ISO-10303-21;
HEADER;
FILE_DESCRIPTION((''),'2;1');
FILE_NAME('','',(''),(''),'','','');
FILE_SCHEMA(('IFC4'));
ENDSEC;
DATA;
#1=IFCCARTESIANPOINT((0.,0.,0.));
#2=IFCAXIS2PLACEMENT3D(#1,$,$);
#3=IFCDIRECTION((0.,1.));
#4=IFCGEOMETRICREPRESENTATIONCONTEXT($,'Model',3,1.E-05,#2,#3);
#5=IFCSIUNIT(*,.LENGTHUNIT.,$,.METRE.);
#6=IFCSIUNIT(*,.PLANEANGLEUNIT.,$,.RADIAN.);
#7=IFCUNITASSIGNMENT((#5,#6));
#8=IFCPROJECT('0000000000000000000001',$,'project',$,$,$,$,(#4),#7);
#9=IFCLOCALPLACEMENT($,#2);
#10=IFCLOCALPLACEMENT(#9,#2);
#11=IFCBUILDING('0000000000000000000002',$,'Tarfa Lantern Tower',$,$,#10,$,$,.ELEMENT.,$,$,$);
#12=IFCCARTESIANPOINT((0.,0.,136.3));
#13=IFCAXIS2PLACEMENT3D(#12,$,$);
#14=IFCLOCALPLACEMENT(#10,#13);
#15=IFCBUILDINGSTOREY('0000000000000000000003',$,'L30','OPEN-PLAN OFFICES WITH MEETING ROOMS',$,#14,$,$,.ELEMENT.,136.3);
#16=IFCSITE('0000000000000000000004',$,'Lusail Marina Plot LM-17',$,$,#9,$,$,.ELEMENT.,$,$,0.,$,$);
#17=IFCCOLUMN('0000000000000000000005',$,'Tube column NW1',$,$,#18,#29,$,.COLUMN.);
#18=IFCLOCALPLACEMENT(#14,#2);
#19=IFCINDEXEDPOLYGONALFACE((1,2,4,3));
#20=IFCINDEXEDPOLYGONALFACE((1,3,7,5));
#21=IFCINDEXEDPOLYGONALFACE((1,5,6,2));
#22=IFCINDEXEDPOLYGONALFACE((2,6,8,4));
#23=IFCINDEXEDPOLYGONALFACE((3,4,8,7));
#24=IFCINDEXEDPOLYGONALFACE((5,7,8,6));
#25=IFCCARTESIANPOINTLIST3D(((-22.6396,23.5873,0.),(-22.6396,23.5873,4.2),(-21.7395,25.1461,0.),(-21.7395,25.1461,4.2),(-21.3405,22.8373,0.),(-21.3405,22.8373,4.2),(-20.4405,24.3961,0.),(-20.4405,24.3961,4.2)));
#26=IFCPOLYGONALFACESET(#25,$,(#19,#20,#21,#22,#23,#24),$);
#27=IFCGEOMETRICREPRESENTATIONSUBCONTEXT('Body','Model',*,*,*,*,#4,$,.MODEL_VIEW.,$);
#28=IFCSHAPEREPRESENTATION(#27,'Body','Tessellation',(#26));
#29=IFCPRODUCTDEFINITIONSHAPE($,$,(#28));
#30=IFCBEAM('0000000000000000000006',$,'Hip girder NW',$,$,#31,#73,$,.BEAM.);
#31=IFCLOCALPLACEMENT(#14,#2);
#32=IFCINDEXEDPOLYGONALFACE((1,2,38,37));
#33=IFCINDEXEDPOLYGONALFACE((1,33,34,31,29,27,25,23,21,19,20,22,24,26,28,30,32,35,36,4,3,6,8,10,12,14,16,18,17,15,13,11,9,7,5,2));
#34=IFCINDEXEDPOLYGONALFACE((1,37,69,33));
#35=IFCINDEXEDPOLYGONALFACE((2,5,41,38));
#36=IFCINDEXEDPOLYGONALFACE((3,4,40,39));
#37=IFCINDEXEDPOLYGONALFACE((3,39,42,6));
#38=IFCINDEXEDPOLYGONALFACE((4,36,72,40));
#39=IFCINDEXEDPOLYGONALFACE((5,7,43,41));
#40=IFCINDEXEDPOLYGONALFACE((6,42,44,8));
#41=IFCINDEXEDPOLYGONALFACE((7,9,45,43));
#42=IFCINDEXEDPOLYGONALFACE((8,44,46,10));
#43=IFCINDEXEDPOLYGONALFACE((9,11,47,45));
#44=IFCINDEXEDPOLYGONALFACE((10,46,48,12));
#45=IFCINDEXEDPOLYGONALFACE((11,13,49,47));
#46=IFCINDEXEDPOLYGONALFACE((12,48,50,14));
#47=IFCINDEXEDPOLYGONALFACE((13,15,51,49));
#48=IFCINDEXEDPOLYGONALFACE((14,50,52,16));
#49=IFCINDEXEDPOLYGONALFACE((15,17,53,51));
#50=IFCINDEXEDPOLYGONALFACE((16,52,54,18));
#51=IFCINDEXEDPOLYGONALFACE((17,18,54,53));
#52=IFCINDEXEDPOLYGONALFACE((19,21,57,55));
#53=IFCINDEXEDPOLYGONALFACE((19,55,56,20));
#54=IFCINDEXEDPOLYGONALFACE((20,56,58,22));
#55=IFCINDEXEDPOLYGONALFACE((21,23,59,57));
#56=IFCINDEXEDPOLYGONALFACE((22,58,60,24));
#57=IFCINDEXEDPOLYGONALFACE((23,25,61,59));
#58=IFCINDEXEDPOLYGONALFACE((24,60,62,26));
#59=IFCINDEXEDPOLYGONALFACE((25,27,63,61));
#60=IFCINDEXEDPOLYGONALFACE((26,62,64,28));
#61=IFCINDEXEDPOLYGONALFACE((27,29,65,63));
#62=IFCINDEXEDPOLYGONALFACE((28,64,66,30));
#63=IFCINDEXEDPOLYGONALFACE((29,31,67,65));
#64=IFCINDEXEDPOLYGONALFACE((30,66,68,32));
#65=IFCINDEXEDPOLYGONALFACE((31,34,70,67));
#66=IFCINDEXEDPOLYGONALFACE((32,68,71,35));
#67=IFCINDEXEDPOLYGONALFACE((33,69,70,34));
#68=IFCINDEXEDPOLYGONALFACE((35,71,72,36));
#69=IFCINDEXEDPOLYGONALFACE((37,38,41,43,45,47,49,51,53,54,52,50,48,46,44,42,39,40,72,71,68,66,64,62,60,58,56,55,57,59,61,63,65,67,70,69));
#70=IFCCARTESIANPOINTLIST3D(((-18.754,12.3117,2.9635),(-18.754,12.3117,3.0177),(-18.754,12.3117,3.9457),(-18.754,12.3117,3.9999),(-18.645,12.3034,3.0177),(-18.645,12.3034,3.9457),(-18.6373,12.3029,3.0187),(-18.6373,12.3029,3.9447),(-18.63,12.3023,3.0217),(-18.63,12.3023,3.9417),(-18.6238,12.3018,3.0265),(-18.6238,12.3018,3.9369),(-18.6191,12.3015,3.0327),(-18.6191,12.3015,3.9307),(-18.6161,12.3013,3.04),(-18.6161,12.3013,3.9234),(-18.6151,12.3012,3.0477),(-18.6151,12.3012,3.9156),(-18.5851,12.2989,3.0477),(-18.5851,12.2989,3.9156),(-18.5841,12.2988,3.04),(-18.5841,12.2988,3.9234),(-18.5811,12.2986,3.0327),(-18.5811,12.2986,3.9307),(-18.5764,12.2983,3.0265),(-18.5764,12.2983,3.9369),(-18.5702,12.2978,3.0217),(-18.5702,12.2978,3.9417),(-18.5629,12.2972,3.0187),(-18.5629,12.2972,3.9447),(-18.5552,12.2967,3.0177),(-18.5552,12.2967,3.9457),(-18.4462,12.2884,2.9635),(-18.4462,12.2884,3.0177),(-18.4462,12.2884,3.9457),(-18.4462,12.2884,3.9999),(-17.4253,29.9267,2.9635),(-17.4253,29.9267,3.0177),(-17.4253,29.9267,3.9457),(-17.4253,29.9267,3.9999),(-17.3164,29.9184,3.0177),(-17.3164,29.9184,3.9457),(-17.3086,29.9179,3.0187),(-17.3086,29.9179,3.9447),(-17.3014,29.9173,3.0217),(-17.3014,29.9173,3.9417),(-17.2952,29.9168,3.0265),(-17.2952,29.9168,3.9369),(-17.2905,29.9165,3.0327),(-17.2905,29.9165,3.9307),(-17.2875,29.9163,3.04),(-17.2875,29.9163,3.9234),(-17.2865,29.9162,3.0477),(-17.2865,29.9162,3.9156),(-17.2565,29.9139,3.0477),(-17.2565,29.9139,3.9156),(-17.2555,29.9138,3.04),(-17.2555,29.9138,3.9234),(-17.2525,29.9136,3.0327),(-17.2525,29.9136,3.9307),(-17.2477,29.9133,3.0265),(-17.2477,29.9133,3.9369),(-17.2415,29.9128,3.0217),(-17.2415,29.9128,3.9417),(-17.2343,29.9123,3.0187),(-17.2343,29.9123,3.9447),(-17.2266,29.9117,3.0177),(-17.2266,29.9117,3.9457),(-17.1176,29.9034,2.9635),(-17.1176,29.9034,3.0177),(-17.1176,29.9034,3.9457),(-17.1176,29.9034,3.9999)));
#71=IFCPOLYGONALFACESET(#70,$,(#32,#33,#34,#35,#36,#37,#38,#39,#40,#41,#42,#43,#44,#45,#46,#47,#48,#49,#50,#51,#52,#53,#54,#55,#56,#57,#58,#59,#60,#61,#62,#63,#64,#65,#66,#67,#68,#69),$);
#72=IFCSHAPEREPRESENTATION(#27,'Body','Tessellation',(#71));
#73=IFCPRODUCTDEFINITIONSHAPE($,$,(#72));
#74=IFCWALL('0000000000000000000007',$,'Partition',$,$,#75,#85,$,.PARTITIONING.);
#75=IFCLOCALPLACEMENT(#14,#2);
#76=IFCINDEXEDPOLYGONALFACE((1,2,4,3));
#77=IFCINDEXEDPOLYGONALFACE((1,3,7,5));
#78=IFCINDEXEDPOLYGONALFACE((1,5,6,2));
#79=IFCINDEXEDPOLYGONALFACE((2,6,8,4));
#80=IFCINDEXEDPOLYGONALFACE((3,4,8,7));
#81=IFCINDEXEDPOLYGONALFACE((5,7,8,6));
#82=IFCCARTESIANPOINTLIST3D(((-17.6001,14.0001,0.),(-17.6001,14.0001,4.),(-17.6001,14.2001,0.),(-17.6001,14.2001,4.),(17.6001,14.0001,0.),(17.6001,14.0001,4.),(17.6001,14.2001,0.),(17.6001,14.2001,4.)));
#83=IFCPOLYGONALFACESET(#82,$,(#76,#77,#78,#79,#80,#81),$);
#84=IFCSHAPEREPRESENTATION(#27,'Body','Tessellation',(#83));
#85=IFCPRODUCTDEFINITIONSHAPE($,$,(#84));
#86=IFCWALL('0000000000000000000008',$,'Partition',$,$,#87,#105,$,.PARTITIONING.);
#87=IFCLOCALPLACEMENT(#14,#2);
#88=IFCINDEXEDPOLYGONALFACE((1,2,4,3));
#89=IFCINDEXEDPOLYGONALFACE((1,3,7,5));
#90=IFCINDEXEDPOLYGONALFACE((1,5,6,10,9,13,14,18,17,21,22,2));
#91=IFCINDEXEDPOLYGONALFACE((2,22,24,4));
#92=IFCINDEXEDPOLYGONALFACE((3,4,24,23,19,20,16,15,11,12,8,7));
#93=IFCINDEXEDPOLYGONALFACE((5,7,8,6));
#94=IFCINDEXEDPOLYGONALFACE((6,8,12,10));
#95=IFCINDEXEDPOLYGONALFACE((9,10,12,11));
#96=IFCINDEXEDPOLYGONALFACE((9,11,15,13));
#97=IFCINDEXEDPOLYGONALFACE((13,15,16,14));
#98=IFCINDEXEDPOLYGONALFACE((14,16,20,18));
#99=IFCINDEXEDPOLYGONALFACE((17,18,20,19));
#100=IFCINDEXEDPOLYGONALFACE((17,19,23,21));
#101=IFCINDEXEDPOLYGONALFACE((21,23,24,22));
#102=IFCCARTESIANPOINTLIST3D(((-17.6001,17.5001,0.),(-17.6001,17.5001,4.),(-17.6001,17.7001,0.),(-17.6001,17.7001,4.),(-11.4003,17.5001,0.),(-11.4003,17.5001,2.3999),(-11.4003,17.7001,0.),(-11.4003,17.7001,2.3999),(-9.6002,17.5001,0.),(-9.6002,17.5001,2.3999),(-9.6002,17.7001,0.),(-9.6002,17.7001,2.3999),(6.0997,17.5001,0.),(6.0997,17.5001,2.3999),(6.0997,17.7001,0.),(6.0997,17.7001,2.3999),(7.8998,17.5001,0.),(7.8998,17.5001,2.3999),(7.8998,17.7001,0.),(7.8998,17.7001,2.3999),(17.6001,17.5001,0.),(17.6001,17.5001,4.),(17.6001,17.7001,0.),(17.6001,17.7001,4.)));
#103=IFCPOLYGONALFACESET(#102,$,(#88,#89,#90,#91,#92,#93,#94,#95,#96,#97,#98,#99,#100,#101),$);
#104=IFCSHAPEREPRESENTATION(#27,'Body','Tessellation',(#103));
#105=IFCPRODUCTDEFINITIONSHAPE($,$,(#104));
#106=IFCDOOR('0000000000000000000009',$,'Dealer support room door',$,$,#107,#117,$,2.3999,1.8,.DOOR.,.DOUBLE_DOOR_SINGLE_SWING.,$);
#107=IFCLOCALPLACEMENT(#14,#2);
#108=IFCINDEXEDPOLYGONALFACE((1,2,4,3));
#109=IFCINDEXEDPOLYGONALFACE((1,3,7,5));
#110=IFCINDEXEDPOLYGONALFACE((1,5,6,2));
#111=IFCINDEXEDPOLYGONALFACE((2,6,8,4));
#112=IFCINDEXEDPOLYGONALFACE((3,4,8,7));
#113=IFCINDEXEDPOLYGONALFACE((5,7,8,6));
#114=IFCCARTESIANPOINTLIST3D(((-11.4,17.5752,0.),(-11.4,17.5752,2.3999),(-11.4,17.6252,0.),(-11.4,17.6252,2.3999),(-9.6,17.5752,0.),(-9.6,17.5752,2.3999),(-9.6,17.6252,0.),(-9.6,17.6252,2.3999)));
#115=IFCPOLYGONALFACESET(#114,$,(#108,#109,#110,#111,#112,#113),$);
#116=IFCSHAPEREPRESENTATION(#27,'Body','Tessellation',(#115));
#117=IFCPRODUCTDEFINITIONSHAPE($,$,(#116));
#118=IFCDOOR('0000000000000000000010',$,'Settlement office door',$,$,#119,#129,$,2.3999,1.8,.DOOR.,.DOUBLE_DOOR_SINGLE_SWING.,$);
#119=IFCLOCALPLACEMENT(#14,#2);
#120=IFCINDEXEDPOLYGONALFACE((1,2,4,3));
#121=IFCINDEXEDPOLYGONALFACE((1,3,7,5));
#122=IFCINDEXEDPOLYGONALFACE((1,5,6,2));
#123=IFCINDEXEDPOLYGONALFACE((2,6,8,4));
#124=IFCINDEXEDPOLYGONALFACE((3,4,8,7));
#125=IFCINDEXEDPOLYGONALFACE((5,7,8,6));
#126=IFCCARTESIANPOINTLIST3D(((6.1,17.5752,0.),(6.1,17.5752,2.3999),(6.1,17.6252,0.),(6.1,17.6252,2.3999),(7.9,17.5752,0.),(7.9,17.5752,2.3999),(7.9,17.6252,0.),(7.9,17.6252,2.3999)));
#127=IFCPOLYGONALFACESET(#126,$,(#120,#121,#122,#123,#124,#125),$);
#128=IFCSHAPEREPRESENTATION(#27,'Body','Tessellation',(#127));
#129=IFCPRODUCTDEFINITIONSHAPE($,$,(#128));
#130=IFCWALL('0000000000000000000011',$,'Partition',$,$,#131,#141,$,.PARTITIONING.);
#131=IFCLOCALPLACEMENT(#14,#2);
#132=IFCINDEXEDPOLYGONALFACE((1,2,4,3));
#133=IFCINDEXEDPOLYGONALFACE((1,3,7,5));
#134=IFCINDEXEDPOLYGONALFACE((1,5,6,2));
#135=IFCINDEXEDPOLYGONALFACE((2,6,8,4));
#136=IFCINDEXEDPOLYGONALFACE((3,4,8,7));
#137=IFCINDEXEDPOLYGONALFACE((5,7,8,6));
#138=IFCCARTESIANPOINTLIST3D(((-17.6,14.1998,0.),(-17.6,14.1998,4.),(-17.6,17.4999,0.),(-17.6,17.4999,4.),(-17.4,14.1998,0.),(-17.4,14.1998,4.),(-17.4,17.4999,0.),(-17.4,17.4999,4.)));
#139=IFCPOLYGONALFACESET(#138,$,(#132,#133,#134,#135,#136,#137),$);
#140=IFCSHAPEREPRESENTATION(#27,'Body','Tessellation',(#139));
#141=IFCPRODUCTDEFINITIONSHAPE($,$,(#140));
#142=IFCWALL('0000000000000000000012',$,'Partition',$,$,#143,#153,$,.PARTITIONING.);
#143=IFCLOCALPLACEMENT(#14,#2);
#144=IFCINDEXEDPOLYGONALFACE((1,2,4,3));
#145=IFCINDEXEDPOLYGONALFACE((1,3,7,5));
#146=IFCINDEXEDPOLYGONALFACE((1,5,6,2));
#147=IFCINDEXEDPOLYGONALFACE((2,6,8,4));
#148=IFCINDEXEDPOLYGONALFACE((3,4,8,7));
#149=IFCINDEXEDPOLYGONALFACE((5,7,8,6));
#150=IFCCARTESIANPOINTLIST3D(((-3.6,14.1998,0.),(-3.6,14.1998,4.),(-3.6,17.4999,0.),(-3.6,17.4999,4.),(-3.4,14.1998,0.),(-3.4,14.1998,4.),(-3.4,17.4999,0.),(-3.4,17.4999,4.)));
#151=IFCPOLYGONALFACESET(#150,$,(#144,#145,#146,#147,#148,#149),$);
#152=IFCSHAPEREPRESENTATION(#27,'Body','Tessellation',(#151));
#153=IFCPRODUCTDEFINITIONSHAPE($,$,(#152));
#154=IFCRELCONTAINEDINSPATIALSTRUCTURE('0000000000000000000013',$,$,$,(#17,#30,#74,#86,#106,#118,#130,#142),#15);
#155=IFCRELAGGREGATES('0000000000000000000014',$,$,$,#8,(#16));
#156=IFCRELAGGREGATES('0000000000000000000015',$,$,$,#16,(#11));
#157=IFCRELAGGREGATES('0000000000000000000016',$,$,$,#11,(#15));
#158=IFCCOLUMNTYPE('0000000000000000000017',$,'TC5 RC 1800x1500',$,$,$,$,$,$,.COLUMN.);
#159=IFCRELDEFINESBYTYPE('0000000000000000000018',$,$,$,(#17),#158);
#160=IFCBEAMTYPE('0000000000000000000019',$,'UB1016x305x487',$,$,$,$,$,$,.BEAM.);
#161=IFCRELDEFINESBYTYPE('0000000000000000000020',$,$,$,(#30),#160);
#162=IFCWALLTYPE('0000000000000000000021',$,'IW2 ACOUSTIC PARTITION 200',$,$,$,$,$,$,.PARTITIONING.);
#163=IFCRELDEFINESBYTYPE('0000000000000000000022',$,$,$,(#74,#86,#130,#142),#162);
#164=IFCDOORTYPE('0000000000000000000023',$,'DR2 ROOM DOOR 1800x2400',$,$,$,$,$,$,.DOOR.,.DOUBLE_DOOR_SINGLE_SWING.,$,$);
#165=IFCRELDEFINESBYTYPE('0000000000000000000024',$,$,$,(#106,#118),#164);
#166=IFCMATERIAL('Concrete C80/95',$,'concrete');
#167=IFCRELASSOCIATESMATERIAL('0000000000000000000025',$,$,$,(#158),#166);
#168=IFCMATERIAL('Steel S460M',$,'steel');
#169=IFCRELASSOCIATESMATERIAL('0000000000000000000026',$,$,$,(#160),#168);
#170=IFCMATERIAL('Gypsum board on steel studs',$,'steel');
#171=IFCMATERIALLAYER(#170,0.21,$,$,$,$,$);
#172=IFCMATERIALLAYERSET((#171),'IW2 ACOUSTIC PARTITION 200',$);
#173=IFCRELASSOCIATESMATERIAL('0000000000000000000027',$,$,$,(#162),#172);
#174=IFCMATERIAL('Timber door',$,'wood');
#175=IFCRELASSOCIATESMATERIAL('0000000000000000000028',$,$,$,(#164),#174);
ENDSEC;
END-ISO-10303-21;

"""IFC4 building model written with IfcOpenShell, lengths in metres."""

from ifc_helpers import new_model, si_unit, direction, frame, frame_2d, origin, origin_2d, place, context, subcontext, project, spatial, rectangle, i_section, extrude, material, layer, layer_set, material_profile, profile_set, type_object, element, fill, save


model = new_model("IFC4")

# Units and contexts
model_context = context("Model", 3, precision=1e-05, world=origin(), true_north=direction((0.0, 1.0)))
body_context = subcontext(model_context, "Body", "Model", "MODEL_VIEW")
ifc_project = project(units=[si_unit("LENGTHUNIT", "METRE"), si_unit("PLANEANGLEUNIT", "RADIAN")], contexts=[model_context])

# Site, building, storey
site_placement = place(None, origin())
site = spatial("IfcSite", under=ifc_project, at=site_placement, Name="Lusail Marina Plot LM-17", CompositionType="ELEMENT", RefElevation=0.0)
building_placement = place(site_placement, origin())
building = spatial("IfcBuilding", under=site, at=building_placement, Name="Tarfa Lantern Tower", CompositionType="ELEMENT")
storey_placement = place(building_placement, frame((0.0, 0.0, 136.3)))
storey = spatial("IfcBuildingStorey", under=building, at=storey_placement, Name="L30", Description="OPEN-PLAN OFFICES WITH MEETING ROOMS", CompositionType="ELEMENT", Elevation=136.3)

# Column
ifc_material_1 = material(Name="Concrete C80/95", Category="concrete")
ifc_material_profile_1 = material_profile(ifc_material_1, rectangle(XDim=1.8, YDim=1.5, at=origin_2d()), Name="RC 1800x1500")
ifc_profile_set_1 = profile_set([ifc_material_profile_1], Name="Concrete C80/95")
column_type = type_object("IfcColumnType", Name="TC5 RC 1800x1500", PredefinedType="COLUMN", material=ifc_profile_set_1)
column_placement = place(storey_placement, frame((-21.54, 23.9917, 0.0), z_axis=(0.0, 0.0, 1.0), x_axis=(-0.5, -0.866025, 0.0)))
element("IfcColumn", 1, at=column_placement, inside=storey, type_object=column_type, Name="Tube column NW1", PredefinedType="COLUMN", context=body_context, shape_type="SweptSolid", body=[
    extrude(rectangle(XDim=1.8, YDim=1.5, at=origin_2d()), origin(), (0.0, 0.0, 1.0), 4.2),
])

# Beam
ifc_material_2 = material(Name="Steel S460M", Category="steel")
ifc_material_profile_2 = material_profile(ifc_material_2, i_section(OverallWidth=0.3086, OverallDepth=1.0364, WebThickness=0.03, FlangeThickness=0.0542, FilletRadius=0.03, at=origin_2d()), Name="UB1016x305x487")
ifc_profile_set_2 = profile_set([ifc_material_profile_2], Name="Steel S460M")
beam_type = type_object("IfcBeamType", Name="UB1016x305x487", PredefinedType="BEAM", material=ifc_profile_set_2)
beam_placement = place(storey_placement, frame((-18.6001, 12.3, 3.4817), z_axis=(0.075212, 0.997168, 0.0), x_axis=(-0.997168, 0.075212, 0.0)))
element("IfcBeam", 2, at=beam_placement, inside=storey, type_object=beam_type, Name="Hip girder NW", PredefinedType="BEAM", context=body_context, shape_type="SweptSolid", body=[
    extrude(i_section(OverallWidth=0.3086, OverallDepth=1.0364, WebThickness=0.03, FlangeThickness=0.0542, FilletRadius=0.03, at=origin_2d()), origin(), (0.0, 0.0, 1.0), 17.665),
])

# Wall
ifc_material_3 = material(Name="Gypsum board on steel studs", Category="steel")
ifc_layer_1 = layer(ifc_material_3, 0.21)
ifc_layer_set_1 = layer_set([ifc_layer_1], Name="IW2 ACOUSTIC PARTITION 200")
wall_type_1 = type_object("IfcWallType", Name="IW2 ACOUSTIC PARTITION 200", PredefinedType="PARTITIONING", material=ifc_layer_set_1)
wall_1_placement = place(storey_placement, frame((-17.6001, 14.1001, 0.0), z_axis=(0.0, 0.0, 1.0), x_axis=(1.0, 0.0, 0.0)))
element("IfcWall", 3, at=wall_1_placement, inside=storey, type_object=wall_type_1, Name="Partition", PredefinedType="PARTITIONING", context=body_context, shape_type="SweptSolid", body=[
    extrude(rectangle(XDim=35.2002, YDim=0.2, at=frame_2d((17.6001, 0.0))), origin(), (0.0, 0.0, 1.0), 4.0),
])

# Wall, openings, doors
wall_2_placement = place(storey_placement, frame((-17.6001, 17.6001, 0.0), z_axis=(0.0, 0.0, 1.0), x_axis=(1.0, 0.0, 0.0)))
wall_2 = element("IfcWall", 4, at=wall_2_placement, inside=storey, type_object=wall_type_1, Name="Partition", PredefinedType="PARTITIONING", context=body_context, shape_type="SweptSolid", body=[
    extrude(rectangle(XDim=35.2002, YDim=0.2, at=frame_2d((17.6001, 0.0))), origin(), (0.0, 0.0, 1.0), 4.0),
])
opening_1_placement = place(wall_2_placement, frame((6.2, 0.0, 0.0)))
opening_1 = element("IfcOpeningElement", 5, at=opening_1_placement, cuts=wall_2, PredefinedType="OPENING", context=body_context, shape_type="SweptSolid", body=[
    extrude(rectangle(XDim=1.8, YDim=2.3999, at=frame_2d((0.8999, 1.2))), frame((0.0, 0.1099, 0.0), z_axis=(0.0, -1.0, 0.0), x_axis=(1.0, 0.0, 0.0)), (0.0, 0.0, 1.0), 0.22),
])
opening_2_placement = place(wall_2_placement, frame((23.7, 0.0, 0.0)))
opening_2 = element("IfcOpeningElement", 6, at=opening_2_placement, cuts=wall_2, PredefinedType="OPENING", context=body_context, shape_type="SweptSolid", body=[
    extrude(rectangle(XDim=1.8, YDim=2.3999, at=frame_2d((0.8999, 1.2))), frame((0.0, 0.1099, 0.0), z_axis=(0.0, -1.0, 0.0), x_axis=(1.0, 0.0, 0.0)), (0.0, 0.0, 1.0), 0.22),
])
ifc_material_4 = material(Name="Timber door", Category="wood")
door_type_1 = type_object("IfcDoorType", Name="DR2 ROOM DOOR 1800x2400", OperationType="DOUBLE_DOOR_SINGLE_SWING", PredefinedType="DOOR", material=ifc_material_4)
door_1_placement = place(opening_1_placement, frame((1.8, 0.0, 0.0), z_axis=(0.0, 0.0, 1.0), x_axis=(-1.0, 0.0, 0.0)))
door_1 = element("IfcDoor", 7, at=door_1_placement, inside=storey, type_object=door_type_1, Name="Dealer support room door", OperationType="DOUBLE_DOOR_SINGLE_SWING", OverallHeight=2.3999, OverallWidth=1.8, PredefinedType="DOOR", context=body_context, shape_type="SweptSolid", body=[
    extrude(rectangle(XDim=1.8, YDim=2.3999, at=frame_2d((0.8999, 1.2))), frame((0.0, 0.0249, 0.0), z_axis=(0.0, -1.0, 0.0), x_axis=(1.0, 0.0, 0.0)), (0.0, 0.0, 1.0), 0.05),
])
fill(opening_1, door_1)
door_2_placement = place(opening_2_placement, frame((1.8, 0.0, 0.0), z_axis=(0.0, 0.0, 1.0), x_axis=(-1.0, 0.0, 0.0)))
door_2 = element("IfcDoor", 8, at=door_2_placement, inside=storey, type_object=door_type_1, Name="Settlement office door", OperationType="DOUBLE_DOOR_SINGLE_SWING", OverallHeight=2.3999, OverallWidth=1.8, PredefinedType="DOOR", context=body_context, shape_type="SweptSolid", body=[
    extrude(rectangle(XDim=1.8, YDim=2.3999, at=frame_2d((0.8999, 1.2))), frame((0.0, 0.0249, 0.0), z_axis=(0.0, -1.0, 0.0), x_axis=(1.0, 0.0, 0.0)), (0.0, 0.0, 1.0), 0.05),
])
fill(opening_2, door_2)

# Walls
for number, where, z_axis, x_axis, name in (
    (9, (-17.5, 14.2, 0.0), (0.0, 0.0, 1.0), (0.0, 1.0, 0.0), "Partition"),
    (10, (-3.5, 14.2, 0.0), (0.0, 0.0, 1.0), (0.0, 1.0, 0.0), "Partition"),
):
    element("IfcWall", number, at=place(storey_placement, frame(where, z_axis=z_axis, x_axis=x_axis)), inside=storey, type_object=wall_type_1, Name=name, PredefinedType="PARTITIONING", context=body_context, shape_type="SweptSolid", body=[
        extrude(rectangle(XDim=3.3, YDim=0.2, at=frame_2d((1.6499, 0.0))), origin(), (0.0, 0.0, 1.0), 4.0),
    ])

save(model, "model.ifc")
